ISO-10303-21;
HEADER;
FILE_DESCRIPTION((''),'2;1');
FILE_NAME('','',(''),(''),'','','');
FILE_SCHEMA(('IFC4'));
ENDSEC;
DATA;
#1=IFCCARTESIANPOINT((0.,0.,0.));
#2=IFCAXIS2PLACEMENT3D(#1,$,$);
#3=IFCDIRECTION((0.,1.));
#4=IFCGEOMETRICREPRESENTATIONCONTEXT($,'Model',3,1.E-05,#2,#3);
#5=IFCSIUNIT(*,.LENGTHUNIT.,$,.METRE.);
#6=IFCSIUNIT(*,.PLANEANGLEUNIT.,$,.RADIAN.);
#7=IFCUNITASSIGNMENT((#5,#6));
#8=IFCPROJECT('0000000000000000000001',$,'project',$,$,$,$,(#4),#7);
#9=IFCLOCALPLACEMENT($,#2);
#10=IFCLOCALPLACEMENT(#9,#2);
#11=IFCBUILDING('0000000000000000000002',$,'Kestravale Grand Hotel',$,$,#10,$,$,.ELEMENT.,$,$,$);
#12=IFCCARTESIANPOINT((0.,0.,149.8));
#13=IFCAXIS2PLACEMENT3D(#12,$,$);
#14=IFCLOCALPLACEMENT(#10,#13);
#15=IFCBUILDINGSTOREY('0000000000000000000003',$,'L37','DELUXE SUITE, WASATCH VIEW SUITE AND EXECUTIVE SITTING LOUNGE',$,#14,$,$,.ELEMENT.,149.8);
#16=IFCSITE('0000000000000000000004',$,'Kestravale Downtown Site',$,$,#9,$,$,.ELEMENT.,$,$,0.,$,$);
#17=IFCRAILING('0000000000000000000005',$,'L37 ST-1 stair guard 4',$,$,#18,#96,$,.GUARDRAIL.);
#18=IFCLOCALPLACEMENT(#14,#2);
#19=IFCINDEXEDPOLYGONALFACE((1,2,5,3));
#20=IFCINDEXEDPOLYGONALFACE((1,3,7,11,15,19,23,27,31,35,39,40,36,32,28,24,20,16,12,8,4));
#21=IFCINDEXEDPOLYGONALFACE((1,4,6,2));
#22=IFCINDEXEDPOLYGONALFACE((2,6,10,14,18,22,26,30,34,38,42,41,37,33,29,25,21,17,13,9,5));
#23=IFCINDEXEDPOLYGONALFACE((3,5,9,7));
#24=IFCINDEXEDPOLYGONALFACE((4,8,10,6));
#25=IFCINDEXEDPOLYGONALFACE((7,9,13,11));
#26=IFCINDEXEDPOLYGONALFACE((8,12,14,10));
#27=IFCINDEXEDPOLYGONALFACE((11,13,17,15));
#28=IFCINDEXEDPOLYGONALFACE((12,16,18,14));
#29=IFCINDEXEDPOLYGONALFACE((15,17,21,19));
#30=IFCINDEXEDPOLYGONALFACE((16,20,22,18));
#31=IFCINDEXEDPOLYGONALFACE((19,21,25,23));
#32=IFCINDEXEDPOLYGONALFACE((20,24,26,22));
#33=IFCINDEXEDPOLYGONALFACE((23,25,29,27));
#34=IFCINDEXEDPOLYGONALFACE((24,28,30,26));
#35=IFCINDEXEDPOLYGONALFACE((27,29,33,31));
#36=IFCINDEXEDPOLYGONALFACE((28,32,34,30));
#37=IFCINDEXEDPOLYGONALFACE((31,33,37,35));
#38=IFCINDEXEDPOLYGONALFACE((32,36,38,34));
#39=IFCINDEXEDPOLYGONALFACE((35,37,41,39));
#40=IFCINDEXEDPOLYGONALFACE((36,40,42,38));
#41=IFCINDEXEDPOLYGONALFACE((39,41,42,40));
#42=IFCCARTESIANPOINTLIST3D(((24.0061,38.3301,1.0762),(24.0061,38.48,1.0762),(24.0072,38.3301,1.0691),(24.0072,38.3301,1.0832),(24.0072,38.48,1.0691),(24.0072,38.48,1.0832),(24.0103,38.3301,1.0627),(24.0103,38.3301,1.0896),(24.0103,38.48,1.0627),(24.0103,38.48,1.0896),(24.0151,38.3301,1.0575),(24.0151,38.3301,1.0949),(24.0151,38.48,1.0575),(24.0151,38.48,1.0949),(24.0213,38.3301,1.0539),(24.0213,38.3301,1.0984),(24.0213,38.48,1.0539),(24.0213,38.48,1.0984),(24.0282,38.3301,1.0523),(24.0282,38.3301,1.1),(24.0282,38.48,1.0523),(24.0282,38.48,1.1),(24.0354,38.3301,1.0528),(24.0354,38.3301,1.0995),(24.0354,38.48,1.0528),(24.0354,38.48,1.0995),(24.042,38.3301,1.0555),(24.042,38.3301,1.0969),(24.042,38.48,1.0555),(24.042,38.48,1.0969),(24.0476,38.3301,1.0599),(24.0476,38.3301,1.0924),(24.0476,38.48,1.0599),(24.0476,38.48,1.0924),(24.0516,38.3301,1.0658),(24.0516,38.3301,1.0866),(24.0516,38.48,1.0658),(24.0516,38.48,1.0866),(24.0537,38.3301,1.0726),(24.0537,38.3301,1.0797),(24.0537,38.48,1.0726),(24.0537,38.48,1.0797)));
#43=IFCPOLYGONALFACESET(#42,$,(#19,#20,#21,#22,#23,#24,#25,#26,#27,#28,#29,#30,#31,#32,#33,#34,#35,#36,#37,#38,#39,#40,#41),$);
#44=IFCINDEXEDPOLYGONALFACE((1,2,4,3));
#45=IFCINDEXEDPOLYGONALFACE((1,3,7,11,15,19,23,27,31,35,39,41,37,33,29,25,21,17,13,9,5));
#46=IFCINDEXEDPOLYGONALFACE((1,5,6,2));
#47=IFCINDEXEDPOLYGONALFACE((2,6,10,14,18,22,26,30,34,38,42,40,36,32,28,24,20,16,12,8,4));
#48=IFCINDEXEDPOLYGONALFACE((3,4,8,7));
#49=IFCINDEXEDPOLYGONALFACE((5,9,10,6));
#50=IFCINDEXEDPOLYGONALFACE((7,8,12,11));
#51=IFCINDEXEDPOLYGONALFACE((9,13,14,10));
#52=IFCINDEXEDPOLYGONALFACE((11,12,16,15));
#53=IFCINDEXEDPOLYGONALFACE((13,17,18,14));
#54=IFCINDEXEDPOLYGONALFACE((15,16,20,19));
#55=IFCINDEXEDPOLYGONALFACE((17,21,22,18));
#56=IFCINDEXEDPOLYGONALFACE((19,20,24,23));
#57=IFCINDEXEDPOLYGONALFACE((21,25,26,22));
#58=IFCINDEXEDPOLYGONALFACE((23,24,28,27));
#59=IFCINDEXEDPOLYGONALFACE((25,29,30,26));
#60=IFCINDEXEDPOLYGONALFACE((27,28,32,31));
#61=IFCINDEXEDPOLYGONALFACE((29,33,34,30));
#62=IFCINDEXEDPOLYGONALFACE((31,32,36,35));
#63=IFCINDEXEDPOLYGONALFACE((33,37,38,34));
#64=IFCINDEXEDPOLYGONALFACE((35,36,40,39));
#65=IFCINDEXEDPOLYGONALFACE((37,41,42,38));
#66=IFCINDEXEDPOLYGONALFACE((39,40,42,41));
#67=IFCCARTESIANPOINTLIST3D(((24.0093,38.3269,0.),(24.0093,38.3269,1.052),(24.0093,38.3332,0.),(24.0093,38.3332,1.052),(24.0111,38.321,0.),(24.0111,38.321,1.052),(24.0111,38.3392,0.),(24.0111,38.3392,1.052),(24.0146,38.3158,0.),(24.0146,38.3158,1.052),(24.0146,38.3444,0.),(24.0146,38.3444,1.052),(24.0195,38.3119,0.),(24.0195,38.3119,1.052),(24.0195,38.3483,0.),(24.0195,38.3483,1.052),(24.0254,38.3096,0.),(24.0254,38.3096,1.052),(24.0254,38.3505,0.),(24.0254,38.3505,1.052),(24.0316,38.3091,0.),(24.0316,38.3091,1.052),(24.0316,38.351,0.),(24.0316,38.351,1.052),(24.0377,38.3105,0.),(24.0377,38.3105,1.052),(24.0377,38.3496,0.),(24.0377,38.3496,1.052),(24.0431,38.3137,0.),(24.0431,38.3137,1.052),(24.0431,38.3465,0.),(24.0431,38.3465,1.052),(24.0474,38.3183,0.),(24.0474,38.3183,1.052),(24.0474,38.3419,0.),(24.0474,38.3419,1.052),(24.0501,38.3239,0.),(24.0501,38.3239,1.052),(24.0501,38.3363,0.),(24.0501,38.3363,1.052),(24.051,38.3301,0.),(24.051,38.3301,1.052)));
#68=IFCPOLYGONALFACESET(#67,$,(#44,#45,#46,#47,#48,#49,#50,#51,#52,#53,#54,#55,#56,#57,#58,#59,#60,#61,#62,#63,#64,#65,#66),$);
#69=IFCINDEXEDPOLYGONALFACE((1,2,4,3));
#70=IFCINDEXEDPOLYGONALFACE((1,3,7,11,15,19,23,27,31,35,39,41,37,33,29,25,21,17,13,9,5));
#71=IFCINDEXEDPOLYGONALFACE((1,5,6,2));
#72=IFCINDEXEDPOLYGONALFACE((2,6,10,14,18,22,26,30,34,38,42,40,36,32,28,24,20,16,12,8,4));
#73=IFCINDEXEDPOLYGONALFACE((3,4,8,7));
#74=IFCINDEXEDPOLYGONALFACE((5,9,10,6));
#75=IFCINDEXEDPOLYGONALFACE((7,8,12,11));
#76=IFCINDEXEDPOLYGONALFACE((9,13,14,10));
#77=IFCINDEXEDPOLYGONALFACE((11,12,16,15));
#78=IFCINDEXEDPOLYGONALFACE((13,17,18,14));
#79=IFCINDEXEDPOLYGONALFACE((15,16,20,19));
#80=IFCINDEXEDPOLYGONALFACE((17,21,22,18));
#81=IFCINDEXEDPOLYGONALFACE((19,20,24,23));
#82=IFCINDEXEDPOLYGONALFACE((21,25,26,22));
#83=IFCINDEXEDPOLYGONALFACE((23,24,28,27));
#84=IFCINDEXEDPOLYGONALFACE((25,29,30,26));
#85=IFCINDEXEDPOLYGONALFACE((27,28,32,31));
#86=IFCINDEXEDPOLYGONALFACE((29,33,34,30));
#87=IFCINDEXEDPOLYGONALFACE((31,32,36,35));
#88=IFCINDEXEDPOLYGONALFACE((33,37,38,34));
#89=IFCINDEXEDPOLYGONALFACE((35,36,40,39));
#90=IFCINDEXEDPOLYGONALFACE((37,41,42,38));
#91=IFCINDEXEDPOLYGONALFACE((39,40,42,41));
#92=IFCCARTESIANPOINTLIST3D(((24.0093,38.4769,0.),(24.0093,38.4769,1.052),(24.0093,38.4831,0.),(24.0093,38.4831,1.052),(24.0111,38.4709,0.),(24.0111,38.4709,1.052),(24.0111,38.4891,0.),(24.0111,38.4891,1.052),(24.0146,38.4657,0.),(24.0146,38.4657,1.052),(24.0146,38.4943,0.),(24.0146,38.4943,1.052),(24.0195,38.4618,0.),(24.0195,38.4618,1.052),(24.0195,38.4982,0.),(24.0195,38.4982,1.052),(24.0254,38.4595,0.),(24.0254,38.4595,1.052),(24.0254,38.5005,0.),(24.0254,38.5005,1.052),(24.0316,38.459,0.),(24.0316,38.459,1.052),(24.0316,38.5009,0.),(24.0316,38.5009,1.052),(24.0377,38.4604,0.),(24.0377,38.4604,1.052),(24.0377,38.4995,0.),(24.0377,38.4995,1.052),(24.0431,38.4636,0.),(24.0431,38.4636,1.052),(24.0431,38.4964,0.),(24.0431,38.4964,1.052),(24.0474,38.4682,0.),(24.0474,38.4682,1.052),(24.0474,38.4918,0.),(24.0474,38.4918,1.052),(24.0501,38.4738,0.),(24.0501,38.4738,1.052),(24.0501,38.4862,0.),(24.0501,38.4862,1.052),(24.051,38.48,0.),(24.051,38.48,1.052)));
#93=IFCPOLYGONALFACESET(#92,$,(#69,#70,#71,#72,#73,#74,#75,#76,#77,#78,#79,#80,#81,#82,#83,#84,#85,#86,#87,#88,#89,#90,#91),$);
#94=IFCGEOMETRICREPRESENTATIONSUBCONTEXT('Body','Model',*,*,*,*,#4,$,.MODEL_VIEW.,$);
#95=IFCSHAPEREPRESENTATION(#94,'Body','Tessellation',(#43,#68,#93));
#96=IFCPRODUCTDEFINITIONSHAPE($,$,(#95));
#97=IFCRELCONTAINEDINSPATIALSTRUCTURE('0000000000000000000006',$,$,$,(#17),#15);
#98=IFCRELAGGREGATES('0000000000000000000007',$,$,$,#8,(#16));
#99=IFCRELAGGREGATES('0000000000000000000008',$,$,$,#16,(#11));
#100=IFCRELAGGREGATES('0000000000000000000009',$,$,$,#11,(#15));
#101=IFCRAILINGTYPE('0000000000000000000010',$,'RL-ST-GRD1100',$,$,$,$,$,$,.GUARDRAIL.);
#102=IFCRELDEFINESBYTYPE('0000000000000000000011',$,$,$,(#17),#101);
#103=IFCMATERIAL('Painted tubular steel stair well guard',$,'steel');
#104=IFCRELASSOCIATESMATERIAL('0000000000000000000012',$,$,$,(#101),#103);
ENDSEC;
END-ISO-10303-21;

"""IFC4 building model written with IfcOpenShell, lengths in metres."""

from ifc_helpers import new_model, si_unit, direction, frame, origin, origin_2d, place, context, subcontext, project, spatial, circle, extrude, material, type_object, element, save


model = new_model("IFC4")

# Units and contexts
model_context = context("Model", 3, precision=1e-05, world=origin(), true_north=direction((0.0, 1.0)))
body_context = subcontext(model_context, "Body", "Model", "MODEL_VIEW")
ifc_project = project(units=[si_unit("LENGTHUNIT", "METRE"), si_unit("PLANEANGLEUNIT", "RADIAN")], contexts=[model_context])

# Site, building, storey
site_placement = place(None, origin())
site = spatial("IfcSite", under=ifc_project, at=site_placement, Name="Kestravale Downtown Site", CompositionType="ELEMENT", RefElevation=0.0)
building_placement = place(site_placement, origin())
building = spatial("IfcBuilding", under=site, at=building_placement, Name="Kestravale Grand Hotel", CompositionType="ELEMENT")
storey_placement = place(building_placement, frame((0.0, 0.0, 149.8)))
storey = spatial("IfcBuildingStorey", under=building, at=storey_placement, Name="L37", Description="DELUXE SUITE, WASATCH VIEW SUITE AND EXECUTIVE SITTING LOUNGE", CompositionType="ELEMENT", Elevation=149.8)

# Railing
ifc_material_1 = material(Name="Painted tubular steel stair well guard", Category="steel")
railing_type_1 = type_object("IfcRailingType", Name="RL-ST-GRD1100", PredefinedType="GUARDRAIL", material=ifc_material_1)
railing_1_placement = place(storey_placement, frame((24.03, 38.3301, 0.0)))
element("IfcRailing", 1, at=railing_1_placement, inside=storey, type_object=railing_type_1, Name="L37 ST-1 stair guard 4", PredefinedType="GUARDRAIL", context=body_context, shape_type="SweptSolid", body=[
    extrude(circle(Radius=0.0239, at=origin_2d()), frame((0.0, 0.0, 1.0762), z_axis=(0.0, 1.0, 0.0), x_axis=(-1.0, 0.0, 0.0)), (0.0, 0.0, 1.0), 0.1499),
    extrude(circle(Radius=0.021, at=origin_2d()), origin(), (0.0, 0.0, 1.0), 1.052),
    extrude(circle(Radius=0.021, at=origin_2d()), frame((0.0, 0.1499, 0.0)), (0.0, 0.0, 1.0), 1.052),
])

save(model, "model.ifc")
